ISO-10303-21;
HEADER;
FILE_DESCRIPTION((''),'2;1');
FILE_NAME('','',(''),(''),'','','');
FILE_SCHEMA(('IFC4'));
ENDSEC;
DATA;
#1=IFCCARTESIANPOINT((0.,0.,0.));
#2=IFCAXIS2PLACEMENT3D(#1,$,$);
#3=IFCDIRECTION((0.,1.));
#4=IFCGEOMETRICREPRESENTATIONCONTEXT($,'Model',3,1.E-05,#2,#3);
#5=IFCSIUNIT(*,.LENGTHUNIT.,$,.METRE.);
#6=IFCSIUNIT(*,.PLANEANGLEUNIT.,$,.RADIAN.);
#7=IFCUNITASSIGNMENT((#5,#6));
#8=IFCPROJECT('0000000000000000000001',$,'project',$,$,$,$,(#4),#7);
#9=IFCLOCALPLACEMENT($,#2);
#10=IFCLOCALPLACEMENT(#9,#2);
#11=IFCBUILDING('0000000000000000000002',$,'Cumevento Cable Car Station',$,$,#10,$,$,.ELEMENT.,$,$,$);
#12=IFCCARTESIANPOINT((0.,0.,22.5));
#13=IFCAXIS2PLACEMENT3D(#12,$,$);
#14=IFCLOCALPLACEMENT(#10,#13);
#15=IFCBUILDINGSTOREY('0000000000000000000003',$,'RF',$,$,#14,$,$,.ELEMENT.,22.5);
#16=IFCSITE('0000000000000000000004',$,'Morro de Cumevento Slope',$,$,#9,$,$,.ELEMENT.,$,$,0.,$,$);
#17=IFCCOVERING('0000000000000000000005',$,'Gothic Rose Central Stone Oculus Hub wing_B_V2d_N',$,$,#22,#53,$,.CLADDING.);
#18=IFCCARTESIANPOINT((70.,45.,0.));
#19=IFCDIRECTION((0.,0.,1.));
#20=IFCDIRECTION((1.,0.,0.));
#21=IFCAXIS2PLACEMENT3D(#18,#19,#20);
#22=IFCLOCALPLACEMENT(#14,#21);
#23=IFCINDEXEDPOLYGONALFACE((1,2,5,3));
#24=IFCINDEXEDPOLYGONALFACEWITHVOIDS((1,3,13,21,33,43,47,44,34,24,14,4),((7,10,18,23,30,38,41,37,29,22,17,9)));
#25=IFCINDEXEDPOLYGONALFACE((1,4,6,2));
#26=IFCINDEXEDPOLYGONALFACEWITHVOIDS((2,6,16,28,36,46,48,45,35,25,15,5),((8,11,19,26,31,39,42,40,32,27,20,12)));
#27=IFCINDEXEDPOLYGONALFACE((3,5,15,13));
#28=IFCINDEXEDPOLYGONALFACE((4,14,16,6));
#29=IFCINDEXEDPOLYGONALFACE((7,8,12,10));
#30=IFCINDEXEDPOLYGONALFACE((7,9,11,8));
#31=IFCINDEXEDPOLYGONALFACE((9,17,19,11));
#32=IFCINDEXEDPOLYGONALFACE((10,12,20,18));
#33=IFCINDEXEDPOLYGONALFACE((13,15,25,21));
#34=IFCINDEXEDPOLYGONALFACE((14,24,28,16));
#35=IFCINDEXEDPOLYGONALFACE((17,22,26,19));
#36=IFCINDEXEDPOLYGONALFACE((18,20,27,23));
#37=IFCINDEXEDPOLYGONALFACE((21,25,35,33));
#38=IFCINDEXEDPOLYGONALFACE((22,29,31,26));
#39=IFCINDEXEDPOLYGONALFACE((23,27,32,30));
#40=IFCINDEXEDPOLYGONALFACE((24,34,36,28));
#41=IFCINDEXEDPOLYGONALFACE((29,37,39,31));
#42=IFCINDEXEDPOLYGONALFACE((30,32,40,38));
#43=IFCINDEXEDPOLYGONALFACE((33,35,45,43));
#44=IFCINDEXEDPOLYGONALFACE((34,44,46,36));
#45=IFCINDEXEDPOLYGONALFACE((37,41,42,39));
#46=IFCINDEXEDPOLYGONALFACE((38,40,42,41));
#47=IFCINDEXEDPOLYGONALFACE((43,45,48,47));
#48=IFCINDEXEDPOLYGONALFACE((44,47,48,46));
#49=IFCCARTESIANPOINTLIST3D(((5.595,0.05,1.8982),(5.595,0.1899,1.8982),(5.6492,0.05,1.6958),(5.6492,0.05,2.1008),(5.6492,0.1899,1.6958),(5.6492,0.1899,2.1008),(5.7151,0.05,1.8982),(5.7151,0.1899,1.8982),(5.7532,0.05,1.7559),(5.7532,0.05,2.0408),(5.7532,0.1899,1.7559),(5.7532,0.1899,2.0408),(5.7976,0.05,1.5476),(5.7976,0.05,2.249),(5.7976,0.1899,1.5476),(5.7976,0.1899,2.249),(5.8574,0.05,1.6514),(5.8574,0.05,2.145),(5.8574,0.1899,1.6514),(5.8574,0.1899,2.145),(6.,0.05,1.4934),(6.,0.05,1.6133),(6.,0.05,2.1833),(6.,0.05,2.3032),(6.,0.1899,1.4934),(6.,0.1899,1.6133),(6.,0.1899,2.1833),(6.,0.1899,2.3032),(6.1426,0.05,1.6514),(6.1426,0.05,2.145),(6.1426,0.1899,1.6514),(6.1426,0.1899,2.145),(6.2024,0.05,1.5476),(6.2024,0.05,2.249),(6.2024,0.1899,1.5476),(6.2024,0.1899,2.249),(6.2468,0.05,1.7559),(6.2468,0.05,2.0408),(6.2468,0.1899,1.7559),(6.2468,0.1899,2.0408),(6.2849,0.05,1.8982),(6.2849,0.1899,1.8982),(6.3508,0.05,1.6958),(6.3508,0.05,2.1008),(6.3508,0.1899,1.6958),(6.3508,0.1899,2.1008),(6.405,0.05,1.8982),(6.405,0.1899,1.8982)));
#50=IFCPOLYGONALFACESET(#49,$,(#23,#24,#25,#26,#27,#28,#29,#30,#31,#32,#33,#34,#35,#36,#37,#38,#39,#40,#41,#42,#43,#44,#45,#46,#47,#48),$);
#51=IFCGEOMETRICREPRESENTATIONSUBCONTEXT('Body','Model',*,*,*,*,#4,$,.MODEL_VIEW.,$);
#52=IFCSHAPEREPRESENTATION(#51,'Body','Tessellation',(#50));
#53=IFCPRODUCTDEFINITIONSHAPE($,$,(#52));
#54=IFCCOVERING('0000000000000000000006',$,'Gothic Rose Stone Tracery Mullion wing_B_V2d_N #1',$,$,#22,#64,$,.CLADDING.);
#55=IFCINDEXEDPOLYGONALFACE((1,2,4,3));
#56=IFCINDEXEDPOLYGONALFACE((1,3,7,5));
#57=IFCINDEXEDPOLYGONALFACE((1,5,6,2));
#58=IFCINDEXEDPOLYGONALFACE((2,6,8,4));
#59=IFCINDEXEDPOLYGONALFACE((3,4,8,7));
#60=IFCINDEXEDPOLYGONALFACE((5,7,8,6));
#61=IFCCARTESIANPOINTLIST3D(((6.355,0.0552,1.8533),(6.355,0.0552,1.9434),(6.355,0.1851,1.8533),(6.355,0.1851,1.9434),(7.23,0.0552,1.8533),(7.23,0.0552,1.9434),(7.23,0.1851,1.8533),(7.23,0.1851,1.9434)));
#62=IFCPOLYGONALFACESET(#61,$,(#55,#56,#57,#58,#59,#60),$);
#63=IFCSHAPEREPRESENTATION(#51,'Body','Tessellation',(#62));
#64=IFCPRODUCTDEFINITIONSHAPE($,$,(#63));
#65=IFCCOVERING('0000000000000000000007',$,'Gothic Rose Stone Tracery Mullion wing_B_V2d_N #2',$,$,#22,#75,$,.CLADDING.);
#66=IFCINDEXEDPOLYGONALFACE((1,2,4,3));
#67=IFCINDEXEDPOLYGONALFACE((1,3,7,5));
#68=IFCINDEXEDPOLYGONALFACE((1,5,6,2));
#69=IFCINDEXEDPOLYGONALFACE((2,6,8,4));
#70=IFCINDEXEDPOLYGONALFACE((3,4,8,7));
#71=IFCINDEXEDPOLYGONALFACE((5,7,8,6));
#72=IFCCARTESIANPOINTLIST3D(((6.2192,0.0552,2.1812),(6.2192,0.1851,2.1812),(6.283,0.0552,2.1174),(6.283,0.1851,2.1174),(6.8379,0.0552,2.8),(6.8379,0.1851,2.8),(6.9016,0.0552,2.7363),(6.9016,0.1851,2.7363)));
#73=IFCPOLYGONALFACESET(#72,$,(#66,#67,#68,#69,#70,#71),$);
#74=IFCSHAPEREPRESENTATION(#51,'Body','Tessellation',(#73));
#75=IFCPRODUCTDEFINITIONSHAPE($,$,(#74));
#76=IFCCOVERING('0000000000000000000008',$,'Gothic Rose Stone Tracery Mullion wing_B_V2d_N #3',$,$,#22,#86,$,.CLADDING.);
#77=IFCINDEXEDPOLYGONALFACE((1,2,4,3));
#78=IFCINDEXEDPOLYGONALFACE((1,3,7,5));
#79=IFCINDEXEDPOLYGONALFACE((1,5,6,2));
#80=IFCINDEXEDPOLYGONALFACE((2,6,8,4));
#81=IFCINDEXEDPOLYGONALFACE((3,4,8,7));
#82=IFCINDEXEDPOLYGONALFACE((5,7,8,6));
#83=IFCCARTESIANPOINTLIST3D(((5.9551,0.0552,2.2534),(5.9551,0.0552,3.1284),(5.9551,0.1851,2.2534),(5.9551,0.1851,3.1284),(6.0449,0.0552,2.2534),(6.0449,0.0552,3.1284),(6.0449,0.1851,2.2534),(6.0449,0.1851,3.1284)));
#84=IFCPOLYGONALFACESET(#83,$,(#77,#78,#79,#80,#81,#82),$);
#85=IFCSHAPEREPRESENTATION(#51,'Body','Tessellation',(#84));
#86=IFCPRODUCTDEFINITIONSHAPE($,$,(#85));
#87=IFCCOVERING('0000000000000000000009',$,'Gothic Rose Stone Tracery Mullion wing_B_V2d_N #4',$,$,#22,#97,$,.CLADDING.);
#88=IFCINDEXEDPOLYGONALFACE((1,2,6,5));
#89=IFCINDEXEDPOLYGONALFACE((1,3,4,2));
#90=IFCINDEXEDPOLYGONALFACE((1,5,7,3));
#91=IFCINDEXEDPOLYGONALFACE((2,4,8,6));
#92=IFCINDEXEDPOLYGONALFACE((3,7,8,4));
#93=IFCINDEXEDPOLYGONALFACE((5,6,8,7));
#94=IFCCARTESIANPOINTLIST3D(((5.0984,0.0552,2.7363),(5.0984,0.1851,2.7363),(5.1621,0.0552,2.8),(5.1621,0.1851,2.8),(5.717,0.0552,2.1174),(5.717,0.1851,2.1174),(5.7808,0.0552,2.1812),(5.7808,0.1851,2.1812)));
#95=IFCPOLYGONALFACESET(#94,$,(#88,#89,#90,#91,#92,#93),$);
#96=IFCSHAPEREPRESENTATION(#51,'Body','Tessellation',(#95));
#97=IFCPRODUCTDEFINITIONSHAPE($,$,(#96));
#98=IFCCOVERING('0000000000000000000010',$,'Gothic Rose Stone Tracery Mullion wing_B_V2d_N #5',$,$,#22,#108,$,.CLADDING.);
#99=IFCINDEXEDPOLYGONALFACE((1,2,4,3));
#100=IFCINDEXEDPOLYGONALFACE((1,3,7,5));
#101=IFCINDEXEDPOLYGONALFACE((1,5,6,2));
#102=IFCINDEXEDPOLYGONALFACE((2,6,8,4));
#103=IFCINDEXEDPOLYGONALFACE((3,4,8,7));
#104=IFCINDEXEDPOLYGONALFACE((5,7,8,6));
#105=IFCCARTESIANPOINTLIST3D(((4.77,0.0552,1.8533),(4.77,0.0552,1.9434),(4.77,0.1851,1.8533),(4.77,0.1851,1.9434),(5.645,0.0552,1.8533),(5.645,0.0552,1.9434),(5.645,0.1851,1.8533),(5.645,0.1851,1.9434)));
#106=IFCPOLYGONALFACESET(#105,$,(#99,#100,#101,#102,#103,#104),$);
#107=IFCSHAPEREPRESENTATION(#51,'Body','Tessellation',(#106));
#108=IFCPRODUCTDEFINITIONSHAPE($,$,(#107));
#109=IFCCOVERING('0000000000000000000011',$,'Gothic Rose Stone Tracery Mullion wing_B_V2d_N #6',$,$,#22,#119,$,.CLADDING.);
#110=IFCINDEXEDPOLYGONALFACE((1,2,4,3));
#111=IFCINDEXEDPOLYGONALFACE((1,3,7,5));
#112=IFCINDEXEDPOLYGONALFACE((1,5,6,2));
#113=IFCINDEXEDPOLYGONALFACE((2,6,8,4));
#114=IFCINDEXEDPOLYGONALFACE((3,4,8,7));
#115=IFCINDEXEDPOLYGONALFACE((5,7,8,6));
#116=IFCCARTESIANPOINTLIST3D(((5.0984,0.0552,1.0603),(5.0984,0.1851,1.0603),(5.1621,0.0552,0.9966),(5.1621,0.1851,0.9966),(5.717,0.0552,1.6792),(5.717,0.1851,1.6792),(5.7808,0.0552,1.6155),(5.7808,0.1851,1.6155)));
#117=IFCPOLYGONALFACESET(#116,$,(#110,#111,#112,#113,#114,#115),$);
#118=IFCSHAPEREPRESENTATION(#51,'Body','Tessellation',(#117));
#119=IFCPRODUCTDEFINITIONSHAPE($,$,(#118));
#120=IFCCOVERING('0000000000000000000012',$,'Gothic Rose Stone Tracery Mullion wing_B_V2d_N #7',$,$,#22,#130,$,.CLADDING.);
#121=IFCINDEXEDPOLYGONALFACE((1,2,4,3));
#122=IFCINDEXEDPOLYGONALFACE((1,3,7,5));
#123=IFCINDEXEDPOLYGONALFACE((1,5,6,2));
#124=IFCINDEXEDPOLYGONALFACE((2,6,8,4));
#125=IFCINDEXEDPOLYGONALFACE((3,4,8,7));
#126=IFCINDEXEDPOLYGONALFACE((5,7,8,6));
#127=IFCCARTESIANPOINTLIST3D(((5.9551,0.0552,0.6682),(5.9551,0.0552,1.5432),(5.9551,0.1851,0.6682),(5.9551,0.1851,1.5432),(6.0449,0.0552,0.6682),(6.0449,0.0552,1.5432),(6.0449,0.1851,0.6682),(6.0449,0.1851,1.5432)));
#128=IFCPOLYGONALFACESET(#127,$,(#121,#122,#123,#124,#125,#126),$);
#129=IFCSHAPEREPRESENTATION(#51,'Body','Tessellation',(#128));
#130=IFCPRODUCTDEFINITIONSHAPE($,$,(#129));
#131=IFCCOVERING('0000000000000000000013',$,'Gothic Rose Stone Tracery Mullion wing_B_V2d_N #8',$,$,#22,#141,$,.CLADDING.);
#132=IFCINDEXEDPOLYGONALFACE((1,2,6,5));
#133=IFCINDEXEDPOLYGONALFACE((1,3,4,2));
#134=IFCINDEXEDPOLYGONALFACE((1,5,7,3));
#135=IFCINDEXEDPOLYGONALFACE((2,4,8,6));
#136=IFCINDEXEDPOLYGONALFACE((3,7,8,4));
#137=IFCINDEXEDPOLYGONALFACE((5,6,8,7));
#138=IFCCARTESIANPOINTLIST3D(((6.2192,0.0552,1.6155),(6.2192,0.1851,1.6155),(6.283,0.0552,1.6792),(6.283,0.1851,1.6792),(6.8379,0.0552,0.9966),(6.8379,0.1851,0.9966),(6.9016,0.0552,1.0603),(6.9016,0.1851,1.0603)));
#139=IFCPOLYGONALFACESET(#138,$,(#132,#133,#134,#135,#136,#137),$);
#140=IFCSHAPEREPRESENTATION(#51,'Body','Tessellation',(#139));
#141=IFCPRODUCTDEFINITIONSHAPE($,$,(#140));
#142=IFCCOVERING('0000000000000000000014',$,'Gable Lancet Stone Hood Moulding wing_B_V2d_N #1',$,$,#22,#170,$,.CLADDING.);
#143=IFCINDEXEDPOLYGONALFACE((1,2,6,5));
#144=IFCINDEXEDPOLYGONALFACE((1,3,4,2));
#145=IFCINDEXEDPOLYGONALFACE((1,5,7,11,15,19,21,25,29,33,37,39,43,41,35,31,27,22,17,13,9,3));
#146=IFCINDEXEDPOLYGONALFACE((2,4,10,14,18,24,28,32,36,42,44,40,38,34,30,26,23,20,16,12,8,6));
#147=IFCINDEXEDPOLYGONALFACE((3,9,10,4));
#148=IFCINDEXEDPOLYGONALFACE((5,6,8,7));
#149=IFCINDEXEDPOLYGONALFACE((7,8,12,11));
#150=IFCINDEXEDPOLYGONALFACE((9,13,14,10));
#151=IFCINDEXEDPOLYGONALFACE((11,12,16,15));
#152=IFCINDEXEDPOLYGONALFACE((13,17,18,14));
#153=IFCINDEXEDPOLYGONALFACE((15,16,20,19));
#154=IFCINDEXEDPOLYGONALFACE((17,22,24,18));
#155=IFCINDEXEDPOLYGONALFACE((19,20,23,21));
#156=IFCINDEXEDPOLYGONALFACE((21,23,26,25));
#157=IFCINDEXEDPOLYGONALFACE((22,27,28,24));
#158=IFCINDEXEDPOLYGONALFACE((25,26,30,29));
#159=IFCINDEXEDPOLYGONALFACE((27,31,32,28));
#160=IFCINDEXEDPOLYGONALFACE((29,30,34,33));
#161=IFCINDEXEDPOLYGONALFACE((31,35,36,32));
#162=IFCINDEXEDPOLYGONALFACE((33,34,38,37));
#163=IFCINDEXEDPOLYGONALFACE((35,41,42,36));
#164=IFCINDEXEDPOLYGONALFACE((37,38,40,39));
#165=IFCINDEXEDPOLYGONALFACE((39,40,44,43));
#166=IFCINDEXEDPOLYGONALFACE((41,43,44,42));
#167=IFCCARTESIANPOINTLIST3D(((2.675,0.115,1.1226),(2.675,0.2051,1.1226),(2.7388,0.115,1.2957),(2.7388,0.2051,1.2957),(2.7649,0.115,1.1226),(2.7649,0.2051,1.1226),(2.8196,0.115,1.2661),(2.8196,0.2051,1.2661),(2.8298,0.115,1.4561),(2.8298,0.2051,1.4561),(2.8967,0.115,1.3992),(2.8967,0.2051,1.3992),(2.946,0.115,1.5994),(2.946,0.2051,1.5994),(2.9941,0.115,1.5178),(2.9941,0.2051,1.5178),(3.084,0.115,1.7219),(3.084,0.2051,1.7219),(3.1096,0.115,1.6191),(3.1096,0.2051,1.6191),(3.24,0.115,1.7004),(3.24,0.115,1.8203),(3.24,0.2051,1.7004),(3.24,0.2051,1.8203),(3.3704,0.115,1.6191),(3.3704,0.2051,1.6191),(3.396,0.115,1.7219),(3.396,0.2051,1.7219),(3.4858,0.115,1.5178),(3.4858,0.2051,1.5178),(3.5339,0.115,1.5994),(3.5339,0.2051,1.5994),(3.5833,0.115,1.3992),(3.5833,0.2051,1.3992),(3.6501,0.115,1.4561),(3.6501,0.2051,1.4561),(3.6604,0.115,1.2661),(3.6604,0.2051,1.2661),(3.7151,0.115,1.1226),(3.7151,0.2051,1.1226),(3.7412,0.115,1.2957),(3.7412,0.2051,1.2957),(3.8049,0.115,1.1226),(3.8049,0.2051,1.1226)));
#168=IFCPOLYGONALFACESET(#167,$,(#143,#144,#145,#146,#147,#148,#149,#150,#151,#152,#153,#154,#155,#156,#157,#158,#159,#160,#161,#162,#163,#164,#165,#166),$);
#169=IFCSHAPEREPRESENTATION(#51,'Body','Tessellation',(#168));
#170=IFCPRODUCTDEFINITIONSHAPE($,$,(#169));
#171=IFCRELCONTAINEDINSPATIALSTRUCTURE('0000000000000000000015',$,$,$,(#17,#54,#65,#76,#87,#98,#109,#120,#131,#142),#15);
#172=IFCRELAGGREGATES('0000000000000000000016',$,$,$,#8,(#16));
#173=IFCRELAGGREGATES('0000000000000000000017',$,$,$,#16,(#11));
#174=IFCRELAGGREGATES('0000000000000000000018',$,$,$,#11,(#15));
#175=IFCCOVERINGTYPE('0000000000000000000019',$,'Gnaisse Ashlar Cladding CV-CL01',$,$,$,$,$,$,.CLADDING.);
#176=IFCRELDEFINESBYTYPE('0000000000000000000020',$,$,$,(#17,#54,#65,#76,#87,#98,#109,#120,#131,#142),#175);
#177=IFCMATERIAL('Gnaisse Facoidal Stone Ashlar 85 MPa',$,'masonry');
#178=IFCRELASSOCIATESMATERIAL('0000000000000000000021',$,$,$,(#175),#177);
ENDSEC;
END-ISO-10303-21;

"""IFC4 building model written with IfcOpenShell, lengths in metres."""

from ifc_helpers import new_model, si_unit, direction, frame, origin, place, context, subcontext, project, spatial, polyline, outline, extrude, material, type_object, element, save


model = new_model("IFC4")

# Units and contexts
model_context = context("Model", 3, precision=1e-05, world=origin(), true_north=direction((0.0, 1.0)))
body_context = subcontext(model_context, "Body", "Model", "MODEL_VIEW")
ifc_project = project(units=[si_unit("LENGTHUNIT", "METRE"), si_unit("PLANEANGLEUNIT", "RADIAN")], contexts=[model_context])

# Site, building, storey
site_placement = place(None, origin())
site = spatial("IfcSite", under=ifc_project, at=site_placement, Name="Morro de Cumevento Slope", CompositionType="ELEMENT", RefElevation=0.0)
building_placement = place(site_placement, origin())
building = spatial("IfcBuilding", under=site, at=building_placement, Name="Cumevento Cable Car Station", CompositionType="ELEMENT")
storey_placement = place(building_placement, frame((0.0, 0.0, 22.5)))
storey = spatial("IfcBuildingStorey", under=building, at=storey_placement, Name="RF", CompositionType="ELEMENT", Elevation=22.5)

# Coverings
ifc_material_1 = material(Name="Gnaisse Facoidal Stone Ashlar 85 MPa", Category="masonry")
covering_type = type_object("IfcCoveringType", Name="Gnaisse Ashlar Cladding CV-CL01", PredefinedType="CLADDING", material=ifc_material_1)
placement = place(storey_placement, frame((70.0, 45.0, 0.0), z_axis=(0.0, 0.0, 1.0), x_axis=(1.0, 0.0, 0.0)))
element("IfcCovering", 1, at=placement, inside=storey, type_object=covering_type, Name="Gothic Rose Central Stone Oculus Hub wing_B_V2d_N", PredefinedType="CLADDING", context=body_context, shape_type="SweptSolid", body=[
    extrude(outline(polyline([(6.405, 1.8982), (6.3508, 2.1008), (6.2024, 2.249), (6.0, 2.3032), (5.7976, 2.249), (5.6492, 2.1008), (5.595, 1.8982), (5.6492, 1.6958), (5.7976, 1.5476), (6.0, 1.4934), (6.2024, 1.5476), (6.3508, 1.6958), (6.405, 1.8982)]), holes=[polyline([(6.2849, 1.8982), (6.2468, 2.0408), (6.1426, 2.145), (6.0, 2.1833), (5.8574, 2.145), (5.7532, 2.0408), (5.7151, 1.8982), (5.7532, 1.7559), (5.8574, 1.6514), (6.0, 1.6133), (6.1426, 1.6514), (6.2468, 1.7559), (6.2849, 1.8982)])]), frame((0.0, 0.1899, 0.0), z_axis=(0.0, -1.0, 0.0), x_axis=(1.0, 0.0, 0.0)), (0.0, 0.0, 1.0), 0.1399),
])
element("IfcCovering", 2, at=placement, inside=storey, type_object=covering_type, Name="Gothic Rose Stone Tracery Mullion wing_B_V2d_N #1", PredefinedType="CLADDING", context=body_context, shape_type="SweptSolid", body=[
    extrude(outline(polyline([(6.355, 1.9434), (7.23, 1.9434), (7.23, 1.8533), (6.355, 1.8533), (6.355, 1.9434)])), frame((0.0, 0.1851, 0.0), z_axis=(0.0, -1.0, 0.0), x_axis=(1.0, 0.0, 0.0)), (0.0, 0.0, 1.0), 0.1299),
])
element("IfcCovering", 3, at=placement, inside=storey, type_object=covering_type, Name="Gothic Rose Stone Tracery Mullion wing_B_V2d_N #2", PredefinedType="CLADDING", context=body_context, shape_type="SweptSolid", body=[
    extrude(outline(polyline([(6.2192, 2.1812), (6.8379, 2.8), (6.9016, 2.7363), (6.283, 2.1174), (6.2192, 2.1812)])), frame((0.0, 0.1851, 0.0), z_axis=(0.0, -1.0, 0.0), x_axis=(1.0, 0.0, 0.0)), (0.0, 0.0, 1.0), 0.1299),
])
element("IfcCovering", 4, at=placement, inside=storey, type_object=covering_type, Name="Gothic Rose Stone Tracery Mullion wing_B_V2d_N #3", PredefinedType="CLADDING", context=body_context, shape_type="SweptSolid", body=[
    extrude(outline(polyline([(5.9551, 2.2534), (5.9551, 3.1284), (6.0449, 3.1284), (6.0449, 2.2534), (5.9551, 2.2534)])), frame((0.0, 0.1851, 0.0), z_axis=(0.0, -1.0, 0.0), x_axis=(1.0, 0.0, 0.0)), (0.0, 0.0, 1.0), 0.1299),
])
element("IfcCovering", 5, at=placement, inside=storey, type_object=covering_type, Name="Gothic Rose Stone Tracery Mullion wing_B_V2d_N #4", PredefinedType="CLADDING", context=body_context, shape_type="SweptSolid", body=[
    extrude(outline(polyline([(5.717, 2.1174), (5.0984, 2.7363), (5.1621, 2.8), (5.7808, 2.1812), (5.717, 2.1174)])), frame((0.0, 0.1851, 0.0), z_axis=(0.0, -1.0, 0.0), x_axis=(1.0, 0.0, 0.0)), (0.0, 0.0, 1.0), 0.1299),
])
element("IfcCovering", 6, at=placement, inside=storey, type_object=covering_type, Name="Gothic Rose Stone Tracery Mullion wing_B_V2d_N #5", PredefinedType="CLADDING", context=body_context, shape_type="SweptSolid", body=[
    extrude(outline(polyline([(5.645, 1.8533), (4.77, 1.8533), (4.77, 1.9434), (5.645, 1.9434), (5.645, 1.8533)])), frame((0.0, 0.1851, 0.0), z_axis=(0.0, -1.0, 0.0), x_axis=(1.0, 0.0, 0.0)), (0.0, 0.0, 1.0), 0.1299),
])
element("IfcCovering", 7, at=placement, inside=storey, type_object=covering_type, Name="Gothic Rose Stone Tracery Mullion wing_B_V2d_N #6", PredefinedType="CLADDING", context=body_context, shape_type="SweptSolid", body=[
    extrude(outline(polyline([(5.7808, 1.6155), (5.1621, 0.9966), (5.0984, 1.0603), (5.717, 1.6792), (5.7808, 1.6155)])), frame((0.0, 0.1851, 0.0), z_axis=(0.0, -1.0, 0.0), x_axis=(1.0, 0.0, 0.0)), (0.0, 0.0, 1.0), 0.1299),
])
element("IfcCovering", 8, at=placement, inside=storey, type_object=covering_type, Name="Gothic Rose Stone Tracery Mullion wing_B_V2d_N #7", PredefinedType="CLADDING", context=body_context, shape_type="SweptSolid", body=[
    extrude(outline(polyline([(6.0449, 1.5432), (6.0449, 0.6682), (5.9551, 0.6682), (5.9551, 1.5432), (6.0449, 1.5432)])), frame((0.0, 0.1851, 0.0), z_axis=(0.0, -1.0, 0.0), x_axis=(1.0, 0.0, 0.0)), (0.0, 0.0, 1.0), 0.1299),
])
element("IfcCovering", 9, at=placement, inside=storey, type_object=covering_type, Name="Gothic Rose Stone Tracery Mullion wing_B_V2d_N #8", PredefinedType="CLADDING", context=body_context, shape_type="SweptSolid", body=[
    extrude(outline(polyline([(6.283, 1.6792), (6.9016, 1.0603), (6.8379, 0.9966), (6.2192, 1.6155), (6.283, 1.6792)])), frame((0.0, 0.1851, 0.0), z_axis=(0.0, -1.0, 0.0), x_axis=(1.0, 0.0, 0.0)), (0.0, 0.0, 1.0), 0.1299),
])
element("IfcCovering", 10, at=placement, inside=storey, type_object=covering_type, Name="Gable Lancet Stone Hood Moulding wing_B_V2d_N #1", PredefinedType="CLADDING", context=body_context, shape_type="SweptSolid", body=[
    extrude(outline(polyline([(2.7649, 1.1226), (2.8196, 1.2661), (2.8967, 1.3992), (2.9941, 1.5178), (3.1096, 1.6191), (3.24, 1.7004), (3.3704, 1.6191), (3.4858, 1.5178), (3.5833, 1.3992), (3.6604, 1.2661), (3.7151, 1.1226), (3.8049, 1.1226), (3.7412, 1.2957), (3.6501, 1.4561), (3.5339, 1.5994), (3.396, 1.7219), (3.24, 1.8203), (3.084, 1.7219), (2.946, 1.5994), (2.8298, 1.4561), (2.7388, 1.2957), (2.675, 1.1226), (2.7649, 1.1226)])), frame((0.0, 0.2051, 0.0), z_axis=(0.0, -1.0, 0.0), x_axis=(1.0, 0.0, 0.0)), (0.0, 0.0, 1.0), 0.0901),
])

save(model, "model.ifc")
